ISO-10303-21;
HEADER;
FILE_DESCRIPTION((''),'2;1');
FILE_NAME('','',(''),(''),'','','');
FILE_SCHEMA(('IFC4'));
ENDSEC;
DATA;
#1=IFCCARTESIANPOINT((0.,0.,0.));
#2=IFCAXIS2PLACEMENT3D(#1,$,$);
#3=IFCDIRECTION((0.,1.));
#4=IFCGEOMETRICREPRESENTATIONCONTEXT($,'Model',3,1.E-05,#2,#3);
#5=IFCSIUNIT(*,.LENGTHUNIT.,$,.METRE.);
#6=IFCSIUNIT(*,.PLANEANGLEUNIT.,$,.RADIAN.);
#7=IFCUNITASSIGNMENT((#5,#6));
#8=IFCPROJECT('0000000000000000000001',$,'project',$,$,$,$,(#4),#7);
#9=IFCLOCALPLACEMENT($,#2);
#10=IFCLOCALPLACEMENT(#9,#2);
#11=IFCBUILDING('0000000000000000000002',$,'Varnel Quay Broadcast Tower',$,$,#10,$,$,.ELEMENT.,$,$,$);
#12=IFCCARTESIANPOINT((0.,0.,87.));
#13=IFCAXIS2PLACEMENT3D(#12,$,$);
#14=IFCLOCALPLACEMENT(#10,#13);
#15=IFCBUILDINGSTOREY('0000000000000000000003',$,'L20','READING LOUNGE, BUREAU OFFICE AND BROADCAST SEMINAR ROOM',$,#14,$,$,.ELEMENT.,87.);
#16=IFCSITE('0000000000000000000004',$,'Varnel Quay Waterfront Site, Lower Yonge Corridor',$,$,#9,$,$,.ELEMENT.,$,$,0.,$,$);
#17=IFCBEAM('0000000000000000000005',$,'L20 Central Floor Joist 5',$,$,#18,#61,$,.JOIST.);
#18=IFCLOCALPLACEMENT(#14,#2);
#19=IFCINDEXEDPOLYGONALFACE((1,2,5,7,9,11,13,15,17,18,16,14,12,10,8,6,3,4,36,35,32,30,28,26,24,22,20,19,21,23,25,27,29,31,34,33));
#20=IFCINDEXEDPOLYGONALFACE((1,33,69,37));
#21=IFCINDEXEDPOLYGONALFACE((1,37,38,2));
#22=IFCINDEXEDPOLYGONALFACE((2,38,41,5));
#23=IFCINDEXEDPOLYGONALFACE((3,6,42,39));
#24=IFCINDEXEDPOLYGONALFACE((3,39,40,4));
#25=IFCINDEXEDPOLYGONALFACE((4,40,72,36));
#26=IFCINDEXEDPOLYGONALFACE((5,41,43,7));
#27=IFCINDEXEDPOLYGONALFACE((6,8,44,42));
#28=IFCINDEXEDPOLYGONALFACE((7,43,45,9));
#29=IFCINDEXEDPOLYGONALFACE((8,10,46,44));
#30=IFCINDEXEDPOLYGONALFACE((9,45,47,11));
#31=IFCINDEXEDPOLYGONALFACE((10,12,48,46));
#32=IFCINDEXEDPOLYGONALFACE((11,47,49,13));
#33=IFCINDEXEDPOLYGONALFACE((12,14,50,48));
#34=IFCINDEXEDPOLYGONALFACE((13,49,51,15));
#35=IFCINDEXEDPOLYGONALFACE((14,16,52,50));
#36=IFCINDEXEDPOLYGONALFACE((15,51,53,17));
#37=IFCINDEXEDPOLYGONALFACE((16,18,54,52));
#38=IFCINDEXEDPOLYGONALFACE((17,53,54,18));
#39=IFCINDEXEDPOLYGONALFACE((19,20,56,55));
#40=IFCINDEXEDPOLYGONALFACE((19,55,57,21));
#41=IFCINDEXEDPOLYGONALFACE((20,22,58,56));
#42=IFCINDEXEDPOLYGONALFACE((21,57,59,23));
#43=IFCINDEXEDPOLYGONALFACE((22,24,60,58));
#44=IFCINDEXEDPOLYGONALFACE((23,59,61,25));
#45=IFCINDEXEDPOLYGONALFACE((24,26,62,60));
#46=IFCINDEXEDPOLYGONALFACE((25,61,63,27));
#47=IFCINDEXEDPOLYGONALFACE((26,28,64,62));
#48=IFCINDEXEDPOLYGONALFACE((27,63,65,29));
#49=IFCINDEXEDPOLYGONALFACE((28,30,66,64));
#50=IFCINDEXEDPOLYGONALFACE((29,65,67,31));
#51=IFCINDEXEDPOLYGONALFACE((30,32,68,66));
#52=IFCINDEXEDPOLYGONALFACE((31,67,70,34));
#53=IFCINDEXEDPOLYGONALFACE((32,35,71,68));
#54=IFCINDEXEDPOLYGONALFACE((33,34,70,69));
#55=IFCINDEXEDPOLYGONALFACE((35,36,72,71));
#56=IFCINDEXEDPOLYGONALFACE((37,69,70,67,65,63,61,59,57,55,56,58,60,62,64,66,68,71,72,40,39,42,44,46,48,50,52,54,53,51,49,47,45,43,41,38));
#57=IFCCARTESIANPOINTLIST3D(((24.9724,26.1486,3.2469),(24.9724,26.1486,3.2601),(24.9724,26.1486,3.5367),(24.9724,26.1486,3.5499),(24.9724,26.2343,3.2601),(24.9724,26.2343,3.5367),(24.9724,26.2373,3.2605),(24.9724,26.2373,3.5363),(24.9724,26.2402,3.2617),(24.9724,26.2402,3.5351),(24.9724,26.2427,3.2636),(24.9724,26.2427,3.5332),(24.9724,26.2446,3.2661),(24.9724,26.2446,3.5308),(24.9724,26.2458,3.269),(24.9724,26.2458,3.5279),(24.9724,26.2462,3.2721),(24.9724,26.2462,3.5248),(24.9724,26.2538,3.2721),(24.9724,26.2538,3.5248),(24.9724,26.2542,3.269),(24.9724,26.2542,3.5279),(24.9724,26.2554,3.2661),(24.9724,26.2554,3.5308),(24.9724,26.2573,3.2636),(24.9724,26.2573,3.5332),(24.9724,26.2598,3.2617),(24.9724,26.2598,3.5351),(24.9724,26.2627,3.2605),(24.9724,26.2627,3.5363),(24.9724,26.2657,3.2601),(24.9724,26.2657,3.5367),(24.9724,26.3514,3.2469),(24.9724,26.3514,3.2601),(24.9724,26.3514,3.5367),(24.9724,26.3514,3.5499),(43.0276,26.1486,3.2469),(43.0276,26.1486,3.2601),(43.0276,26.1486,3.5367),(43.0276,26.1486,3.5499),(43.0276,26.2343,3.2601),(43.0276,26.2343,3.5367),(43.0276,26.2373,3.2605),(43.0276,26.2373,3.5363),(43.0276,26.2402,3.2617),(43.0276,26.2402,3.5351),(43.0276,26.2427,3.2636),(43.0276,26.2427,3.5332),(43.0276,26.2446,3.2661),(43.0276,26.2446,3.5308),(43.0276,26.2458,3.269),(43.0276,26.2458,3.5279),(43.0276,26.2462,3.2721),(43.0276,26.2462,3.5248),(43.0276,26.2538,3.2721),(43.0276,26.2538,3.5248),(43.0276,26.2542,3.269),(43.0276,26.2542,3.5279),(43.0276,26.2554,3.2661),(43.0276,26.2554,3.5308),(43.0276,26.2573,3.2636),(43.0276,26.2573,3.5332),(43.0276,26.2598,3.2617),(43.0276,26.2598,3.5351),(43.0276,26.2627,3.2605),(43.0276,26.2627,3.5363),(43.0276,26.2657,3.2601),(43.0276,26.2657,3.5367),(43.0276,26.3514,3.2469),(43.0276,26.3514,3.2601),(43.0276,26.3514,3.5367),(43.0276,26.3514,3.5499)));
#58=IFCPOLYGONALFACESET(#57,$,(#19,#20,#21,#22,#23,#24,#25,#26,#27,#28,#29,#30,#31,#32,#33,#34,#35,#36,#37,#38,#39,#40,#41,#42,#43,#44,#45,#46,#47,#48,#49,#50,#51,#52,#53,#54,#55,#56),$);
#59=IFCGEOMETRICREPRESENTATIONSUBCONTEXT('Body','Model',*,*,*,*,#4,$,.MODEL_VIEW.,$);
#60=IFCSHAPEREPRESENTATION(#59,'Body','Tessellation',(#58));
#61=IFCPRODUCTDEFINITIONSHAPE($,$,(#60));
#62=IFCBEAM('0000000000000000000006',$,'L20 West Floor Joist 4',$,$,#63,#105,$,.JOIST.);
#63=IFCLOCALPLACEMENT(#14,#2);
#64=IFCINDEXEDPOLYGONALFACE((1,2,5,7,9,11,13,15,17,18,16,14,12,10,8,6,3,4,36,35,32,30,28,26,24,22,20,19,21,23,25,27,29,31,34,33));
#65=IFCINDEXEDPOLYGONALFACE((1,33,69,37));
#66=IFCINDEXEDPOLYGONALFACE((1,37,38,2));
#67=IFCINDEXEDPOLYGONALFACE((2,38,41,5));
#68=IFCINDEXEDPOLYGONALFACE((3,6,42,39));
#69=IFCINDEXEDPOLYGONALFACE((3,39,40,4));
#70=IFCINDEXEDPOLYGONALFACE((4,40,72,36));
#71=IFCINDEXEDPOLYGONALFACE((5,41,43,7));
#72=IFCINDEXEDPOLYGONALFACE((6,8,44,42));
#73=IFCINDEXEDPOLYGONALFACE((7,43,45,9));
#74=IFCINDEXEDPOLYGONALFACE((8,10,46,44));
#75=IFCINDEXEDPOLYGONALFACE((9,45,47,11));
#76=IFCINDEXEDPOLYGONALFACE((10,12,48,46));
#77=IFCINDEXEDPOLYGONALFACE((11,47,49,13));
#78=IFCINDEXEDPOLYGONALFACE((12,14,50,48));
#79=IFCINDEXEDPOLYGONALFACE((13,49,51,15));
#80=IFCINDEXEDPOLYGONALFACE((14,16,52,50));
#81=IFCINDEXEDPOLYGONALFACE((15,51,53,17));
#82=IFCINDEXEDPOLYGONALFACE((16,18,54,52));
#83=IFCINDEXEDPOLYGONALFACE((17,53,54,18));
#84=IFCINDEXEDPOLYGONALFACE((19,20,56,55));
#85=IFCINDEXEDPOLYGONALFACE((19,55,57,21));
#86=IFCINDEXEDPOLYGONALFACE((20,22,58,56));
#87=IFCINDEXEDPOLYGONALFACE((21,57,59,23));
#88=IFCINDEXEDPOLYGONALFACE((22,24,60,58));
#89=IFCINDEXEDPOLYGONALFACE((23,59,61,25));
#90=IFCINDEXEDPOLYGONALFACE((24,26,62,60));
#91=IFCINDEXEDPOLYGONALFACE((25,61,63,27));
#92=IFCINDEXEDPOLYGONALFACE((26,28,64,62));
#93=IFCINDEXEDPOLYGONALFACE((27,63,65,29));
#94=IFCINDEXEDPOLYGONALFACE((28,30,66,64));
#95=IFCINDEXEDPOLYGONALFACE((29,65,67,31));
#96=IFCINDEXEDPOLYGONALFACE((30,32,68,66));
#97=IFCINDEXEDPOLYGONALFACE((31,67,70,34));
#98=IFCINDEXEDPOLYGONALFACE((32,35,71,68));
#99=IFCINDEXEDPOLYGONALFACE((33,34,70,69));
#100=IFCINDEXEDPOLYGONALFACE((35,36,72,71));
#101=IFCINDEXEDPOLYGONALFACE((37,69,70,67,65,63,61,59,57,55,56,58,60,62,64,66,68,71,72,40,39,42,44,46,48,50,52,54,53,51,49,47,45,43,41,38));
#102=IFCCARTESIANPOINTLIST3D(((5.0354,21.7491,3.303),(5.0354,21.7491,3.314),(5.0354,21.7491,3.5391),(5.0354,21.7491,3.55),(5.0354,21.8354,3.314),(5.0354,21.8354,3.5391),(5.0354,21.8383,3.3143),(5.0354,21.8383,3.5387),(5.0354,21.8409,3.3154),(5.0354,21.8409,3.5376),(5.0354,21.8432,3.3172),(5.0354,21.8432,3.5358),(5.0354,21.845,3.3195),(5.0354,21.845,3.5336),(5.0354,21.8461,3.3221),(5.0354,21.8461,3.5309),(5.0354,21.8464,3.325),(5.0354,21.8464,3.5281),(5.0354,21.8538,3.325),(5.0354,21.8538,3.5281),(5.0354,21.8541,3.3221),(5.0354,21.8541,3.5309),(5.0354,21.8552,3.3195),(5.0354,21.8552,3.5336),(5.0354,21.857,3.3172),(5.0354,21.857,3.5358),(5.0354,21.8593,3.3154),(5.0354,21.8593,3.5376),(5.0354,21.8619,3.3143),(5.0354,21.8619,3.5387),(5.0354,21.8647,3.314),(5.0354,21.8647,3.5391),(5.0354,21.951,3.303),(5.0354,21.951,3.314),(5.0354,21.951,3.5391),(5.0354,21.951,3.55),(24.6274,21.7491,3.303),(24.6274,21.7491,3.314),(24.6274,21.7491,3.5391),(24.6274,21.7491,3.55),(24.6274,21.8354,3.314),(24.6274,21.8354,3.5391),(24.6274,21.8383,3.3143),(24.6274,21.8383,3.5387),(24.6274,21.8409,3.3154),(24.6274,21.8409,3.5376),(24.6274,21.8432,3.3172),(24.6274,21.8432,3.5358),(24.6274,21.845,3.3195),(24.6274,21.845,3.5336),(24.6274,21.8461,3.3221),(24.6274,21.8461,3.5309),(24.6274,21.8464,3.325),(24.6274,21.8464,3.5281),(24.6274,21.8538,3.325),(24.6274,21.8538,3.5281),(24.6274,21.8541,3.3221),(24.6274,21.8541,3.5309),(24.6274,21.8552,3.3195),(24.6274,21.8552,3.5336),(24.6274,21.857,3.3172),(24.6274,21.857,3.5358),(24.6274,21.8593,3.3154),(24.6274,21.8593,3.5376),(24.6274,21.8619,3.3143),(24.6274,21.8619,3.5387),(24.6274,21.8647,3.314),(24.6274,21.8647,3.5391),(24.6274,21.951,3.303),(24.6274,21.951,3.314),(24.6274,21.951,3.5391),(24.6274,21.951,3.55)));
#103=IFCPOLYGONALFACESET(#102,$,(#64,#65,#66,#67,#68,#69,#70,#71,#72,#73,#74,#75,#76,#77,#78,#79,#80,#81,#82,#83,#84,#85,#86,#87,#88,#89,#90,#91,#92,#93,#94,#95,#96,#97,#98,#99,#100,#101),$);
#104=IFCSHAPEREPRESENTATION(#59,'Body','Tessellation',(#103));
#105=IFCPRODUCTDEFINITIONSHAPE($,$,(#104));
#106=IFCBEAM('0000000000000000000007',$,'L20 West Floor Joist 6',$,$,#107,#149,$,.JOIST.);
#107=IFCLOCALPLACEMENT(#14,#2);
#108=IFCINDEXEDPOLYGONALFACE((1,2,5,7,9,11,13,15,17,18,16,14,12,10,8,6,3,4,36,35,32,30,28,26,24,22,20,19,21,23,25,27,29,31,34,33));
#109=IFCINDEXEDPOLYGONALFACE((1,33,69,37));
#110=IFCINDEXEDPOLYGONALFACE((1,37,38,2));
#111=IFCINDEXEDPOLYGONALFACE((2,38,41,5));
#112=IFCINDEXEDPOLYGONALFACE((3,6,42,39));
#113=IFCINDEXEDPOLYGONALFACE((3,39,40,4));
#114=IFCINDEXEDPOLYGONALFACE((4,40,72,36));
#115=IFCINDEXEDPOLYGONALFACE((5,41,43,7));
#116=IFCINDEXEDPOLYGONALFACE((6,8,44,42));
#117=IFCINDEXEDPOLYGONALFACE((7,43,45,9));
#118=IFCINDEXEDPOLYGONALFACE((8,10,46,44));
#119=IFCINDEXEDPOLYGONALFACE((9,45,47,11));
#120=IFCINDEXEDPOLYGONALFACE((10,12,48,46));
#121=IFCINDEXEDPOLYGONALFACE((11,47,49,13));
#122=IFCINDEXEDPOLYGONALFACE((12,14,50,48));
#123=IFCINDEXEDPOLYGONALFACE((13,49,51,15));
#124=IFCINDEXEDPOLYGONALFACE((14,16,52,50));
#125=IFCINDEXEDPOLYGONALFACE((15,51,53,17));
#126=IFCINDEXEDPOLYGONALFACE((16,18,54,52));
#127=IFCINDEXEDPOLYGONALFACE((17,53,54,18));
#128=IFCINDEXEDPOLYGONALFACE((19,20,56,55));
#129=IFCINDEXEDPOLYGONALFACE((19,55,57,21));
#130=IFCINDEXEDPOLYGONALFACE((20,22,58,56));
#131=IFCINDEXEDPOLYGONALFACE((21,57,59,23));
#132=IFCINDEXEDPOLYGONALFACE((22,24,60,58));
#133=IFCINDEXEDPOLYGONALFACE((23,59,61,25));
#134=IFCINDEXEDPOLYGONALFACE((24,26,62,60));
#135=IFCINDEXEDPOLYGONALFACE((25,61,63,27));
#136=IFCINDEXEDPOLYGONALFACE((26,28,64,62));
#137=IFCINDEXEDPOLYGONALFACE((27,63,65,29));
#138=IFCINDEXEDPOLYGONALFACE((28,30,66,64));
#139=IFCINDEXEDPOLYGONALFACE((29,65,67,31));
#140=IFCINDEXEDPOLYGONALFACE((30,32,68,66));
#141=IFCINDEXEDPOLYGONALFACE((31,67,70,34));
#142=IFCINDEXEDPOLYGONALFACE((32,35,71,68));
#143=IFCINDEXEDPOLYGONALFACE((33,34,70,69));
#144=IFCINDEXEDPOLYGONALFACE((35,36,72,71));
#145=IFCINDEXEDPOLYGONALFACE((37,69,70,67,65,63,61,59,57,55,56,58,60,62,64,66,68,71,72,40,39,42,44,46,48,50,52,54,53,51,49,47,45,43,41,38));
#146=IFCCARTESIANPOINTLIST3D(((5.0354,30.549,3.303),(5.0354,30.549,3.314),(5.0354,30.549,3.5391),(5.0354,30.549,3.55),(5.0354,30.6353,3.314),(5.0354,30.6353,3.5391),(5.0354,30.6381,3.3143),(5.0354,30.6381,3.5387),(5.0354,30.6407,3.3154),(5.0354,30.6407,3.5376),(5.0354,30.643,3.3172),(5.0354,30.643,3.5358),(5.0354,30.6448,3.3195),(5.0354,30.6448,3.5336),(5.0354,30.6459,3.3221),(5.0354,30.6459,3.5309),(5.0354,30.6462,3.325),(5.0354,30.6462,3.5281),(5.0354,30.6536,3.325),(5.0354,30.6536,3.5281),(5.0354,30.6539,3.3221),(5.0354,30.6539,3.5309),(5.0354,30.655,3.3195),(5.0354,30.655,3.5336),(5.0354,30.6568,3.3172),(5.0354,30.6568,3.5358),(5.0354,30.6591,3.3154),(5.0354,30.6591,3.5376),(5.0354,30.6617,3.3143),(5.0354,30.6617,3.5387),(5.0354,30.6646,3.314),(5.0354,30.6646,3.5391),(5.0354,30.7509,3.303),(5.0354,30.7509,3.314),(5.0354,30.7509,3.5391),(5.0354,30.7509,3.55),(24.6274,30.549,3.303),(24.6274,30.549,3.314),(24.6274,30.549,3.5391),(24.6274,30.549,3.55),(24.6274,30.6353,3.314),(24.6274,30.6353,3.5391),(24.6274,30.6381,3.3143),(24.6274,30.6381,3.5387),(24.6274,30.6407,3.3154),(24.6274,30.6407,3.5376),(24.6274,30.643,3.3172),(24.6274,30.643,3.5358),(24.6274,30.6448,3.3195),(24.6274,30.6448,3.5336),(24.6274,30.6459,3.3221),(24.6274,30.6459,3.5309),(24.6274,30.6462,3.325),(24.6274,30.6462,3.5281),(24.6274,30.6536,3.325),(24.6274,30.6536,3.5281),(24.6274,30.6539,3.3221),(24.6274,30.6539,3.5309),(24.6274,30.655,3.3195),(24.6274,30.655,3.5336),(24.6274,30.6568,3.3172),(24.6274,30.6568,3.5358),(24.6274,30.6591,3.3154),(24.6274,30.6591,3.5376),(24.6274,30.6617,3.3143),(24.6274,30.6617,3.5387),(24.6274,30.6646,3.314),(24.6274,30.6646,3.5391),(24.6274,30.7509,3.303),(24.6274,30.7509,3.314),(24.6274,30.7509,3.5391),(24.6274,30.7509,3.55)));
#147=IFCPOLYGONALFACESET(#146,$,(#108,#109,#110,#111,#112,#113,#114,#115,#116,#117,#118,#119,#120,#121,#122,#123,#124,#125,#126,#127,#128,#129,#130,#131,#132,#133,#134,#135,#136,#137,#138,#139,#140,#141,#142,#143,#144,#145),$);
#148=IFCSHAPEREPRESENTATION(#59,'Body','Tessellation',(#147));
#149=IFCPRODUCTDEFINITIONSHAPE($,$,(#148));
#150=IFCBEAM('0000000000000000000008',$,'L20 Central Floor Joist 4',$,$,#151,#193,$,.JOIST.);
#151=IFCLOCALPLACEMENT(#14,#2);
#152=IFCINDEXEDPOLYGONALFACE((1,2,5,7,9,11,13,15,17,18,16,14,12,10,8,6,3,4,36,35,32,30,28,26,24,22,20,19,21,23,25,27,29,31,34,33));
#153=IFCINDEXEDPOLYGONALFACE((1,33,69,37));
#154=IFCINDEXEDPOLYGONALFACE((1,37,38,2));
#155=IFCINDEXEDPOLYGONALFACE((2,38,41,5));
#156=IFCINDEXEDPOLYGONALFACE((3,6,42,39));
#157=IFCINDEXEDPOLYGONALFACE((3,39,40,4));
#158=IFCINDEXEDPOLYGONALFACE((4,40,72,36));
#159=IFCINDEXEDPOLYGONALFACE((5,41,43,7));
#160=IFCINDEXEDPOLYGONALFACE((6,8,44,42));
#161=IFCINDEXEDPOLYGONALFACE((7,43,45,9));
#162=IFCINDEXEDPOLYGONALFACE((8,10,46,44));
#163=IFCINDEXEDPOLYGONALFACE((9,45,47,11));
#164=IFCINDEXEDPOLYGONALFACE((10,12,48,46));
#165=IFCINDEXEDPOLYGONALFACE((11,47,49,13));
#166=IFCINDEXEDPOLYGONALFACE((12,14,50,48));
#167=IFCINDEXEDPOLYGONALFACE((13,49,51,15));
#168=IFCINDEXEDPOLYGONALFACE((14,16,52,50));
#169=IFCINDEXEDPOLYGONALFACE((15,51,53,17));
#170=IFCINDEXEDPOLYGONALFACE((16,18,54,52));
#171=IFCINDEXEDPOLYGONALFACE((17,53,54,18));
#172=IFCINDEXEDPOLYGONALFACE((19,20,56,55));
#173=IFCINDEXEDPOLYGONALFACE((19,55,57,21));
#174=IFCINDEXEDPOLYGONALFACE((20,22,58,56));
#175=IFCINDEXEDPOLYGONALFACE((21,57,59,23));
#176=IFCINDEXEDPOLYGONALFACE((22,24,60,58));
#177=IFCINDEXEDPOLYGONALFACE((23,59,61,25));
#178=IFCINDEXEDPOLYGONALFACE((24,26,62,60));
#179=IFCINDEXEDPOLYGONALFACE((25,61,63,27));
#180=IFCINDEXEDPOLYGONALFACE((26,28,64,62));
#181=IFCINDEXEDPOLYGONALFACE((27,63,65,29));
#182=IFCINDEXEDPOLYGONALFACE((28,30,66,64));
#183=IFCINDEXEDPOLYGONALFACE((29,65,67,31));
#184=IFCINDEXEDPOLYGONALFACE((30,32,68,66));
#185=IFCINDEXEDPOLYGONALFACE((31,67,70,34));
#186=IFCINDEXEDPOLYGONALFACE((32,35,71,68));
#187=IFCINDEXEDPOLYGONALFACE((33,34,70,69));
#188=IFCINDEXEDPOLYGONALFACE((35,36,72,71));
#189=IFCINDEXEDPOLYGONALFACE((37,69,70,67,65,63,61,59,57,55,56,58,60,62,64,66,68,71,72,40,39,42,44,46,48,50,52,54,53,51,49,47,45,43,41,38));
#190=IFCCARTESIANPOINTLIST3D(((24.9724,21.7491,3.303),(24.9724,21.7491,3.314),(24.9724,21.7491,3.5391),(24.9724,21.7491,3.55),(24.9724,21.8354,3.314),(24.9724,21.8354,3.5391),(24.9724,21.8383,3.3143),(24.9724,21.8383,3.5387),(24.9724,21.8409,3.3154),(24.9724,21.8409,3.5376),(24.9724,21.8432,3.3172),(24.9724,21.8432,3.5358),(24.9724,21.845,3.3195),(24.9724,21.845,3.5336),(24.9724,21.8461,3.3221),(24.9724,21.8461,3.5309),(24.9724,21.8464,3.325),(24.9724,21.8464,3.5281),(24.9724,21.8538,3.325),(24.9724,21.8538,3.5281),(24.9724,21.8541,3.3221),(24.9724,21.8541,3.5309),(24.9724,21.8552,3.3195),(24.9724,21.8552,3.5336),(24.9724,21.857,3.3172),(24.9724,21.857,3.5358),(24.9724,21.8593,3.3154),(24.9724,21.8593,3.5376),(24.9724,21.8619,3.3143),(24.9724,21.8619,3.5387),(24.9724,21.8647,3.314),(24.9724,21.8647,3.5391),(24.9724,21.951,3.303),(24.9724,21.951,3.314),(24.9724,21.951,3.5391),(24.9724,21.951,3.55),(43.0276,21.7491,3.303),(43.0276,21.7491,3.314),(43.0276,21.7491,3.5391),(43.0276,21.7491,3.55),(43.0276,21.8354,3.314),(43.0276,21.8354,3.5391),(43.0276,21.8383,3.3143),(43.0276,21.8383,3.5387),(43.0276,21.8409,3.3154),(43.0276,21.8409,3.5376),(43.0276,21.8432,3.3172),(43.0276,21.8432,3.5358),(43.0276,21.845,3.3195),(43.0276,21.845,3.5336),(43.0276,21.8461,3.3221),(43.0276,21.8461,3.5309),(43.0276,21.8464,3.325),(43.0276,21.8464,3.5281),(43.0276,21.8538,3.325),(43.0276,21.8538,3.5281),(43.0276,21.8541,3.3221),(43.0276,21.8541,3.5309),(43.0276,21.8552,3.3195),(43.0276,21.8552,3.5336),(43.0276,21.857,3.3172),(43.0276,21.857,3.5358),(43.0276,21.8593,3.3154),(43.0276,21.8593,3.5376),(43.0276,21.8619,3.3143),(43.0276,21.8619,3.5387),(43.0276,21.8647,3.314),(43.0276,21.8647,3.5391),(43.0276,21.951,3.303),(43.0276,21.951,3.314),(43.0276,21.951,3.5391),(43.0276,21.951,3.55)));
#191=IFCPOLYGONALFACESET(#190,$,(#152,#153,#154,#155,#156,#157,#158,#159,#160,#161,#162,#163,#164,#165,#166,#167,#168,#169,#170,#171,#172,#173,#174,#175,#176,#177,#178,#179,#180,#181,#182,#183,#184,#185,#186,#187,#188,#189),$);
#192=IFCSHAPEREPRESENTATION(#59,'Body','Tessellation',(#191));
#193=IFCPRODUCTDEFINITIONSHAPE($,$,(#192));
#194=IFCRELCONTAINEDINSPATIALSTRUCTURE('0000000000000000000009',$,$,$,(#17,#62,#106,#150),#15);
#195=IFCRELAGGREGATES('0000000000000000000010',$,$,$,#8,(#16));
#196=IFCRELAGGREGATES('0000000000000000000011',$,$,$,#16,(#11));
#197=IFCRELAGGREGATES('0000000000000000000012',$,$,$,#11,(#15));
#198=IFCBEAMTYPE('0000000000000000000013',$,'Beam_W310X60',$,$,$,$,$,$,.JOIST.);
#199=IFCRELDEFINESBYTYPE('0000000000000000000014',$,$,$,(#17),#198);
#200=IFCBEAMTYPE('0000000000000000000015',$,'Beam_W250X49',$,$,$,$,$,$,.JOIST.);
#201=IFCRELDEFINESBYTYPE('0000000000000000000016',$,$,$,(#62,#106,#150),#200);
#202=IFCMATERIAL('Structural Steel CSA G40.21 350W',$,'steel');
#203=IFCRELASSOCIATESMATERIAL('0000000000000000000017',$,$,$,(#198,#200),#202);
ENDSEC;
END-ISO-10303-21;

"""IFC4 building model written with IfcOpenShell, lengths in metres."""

from ifc_helpers import new_model, si_unit, direction, frame, origin, origin_2d, place, context, subcontext, project, spatial, i_section, extrude, source, transform, mapped, material, material_profile, profile_set, type_object, type_shapes, element, save


model = new_model("IFC4")

# Units and contexts
model_context = context("Model", 3, precision=1e-05, world=origin(), true_north=direction((0.0, 1.0)))
body_context = subcontext(model_context, "Body", "Model", "MODEL_VIEW")
ifc_project = project(units=[si_unit("LENGTHUNIT", "METRE"), si_unit("PLANEANGLEUNIT", "RADIAN")], contexts=[model_context])

# Site, building, storey
site_placement = place(None, origin())
site = spatial("IfcSite", under=ifc_project, at=site_placement, Name="Varnel Quay Waterfront Site, Lower Yonge Corridor", CompositionType="ELEMENT", RefElevation=0.0)
building_placement = place(site_placement, origin())
building = spatial("IfcBuilding", under=site, at=building_placement, Name="Varnel Quay Broadcast Tower", CompositionType="ELEMENT")
storey_placement = place(building_placement, frame((0.0, 0.0, 87.0)))
storey = spatial("IfcBuildingStorey", under=building, at=storey_placement, Name="L20", Description="READING LOUNGE, BUREAU OFFICE AND BROADCAST SEMINAR ROOM", CompositionType="ELEMENT", Elevation=87.0)

# Shared definitions
ifc_material_1 = material(Name="Structural Steel CSA G40.21 350W", Category="steel")

# Beams
ifc_material_profile_1 = material_profile(ifc_material_1, i_section(OverallWidth=0.2029, OverallDepth=0.303, WebThickness=0.0076, FlangeThickness=0.0132, FilletRadius=0.012, at=origin_2d()), Name="W310X60")
ifc_profile_set_1 = profile_set([ifc_material_profile_1], Name="Structural Steel CSA G40.21 350W")
beam_type_1 = type_object("IfcBeamType", Name="Beam_W310X60", PredefinedType="JOIST", material=ifc_profile_set_1)
shared_shape_1 = source(origin(), body_context, "Body", "SweptSolid", [
    extrude(i_section(OverallWidth=0.2029, OverallDepth=0.303, WebThickness=0.0076, FlangeThickness=0.0132, FilletRadius=0.012, at=origin_2d()), origin(), (0.0, 0.0, 1.0), 18.0552),
])
beam_1_placement = place(storey_placement, frame((24.9724, 26.25, 3.3984), z_axis=(1.0, 0.0, 0.0), x_axis=(0.0, 1.0, 0.0)))
element("IfcBeam", 1, at=beam_1_placement, inside=storey, type_object=beam_type_1, Name="L20 Central Floor Joist 5", PredefinedType="JOIST", context=body_context, shape_type="MappedRepresentation", body=[
    mapped(shared_shape_1, transform((0.0, 0.0, 0.0), x_axis=(1.0, 0.0, 0.0), y_axis=(0.0, 1.0, 0.0), z_axis=(0.0, 0.0, 1.0), scale=1.0)),
])
ifc_material_profile_2 = material_profile(ifc_material_1, i_section(OverallWidth=0.2019, OverallDepth=0.2471, WebThickness=0.0073, FlangeThickness=0.011, FilletRadius=0.011, at=origin_2d()), Name="W250X49")
ifc_profile_set_2 = profile_set([ifc_material_profile_2], Name="Structural Steel CSA G40.21 350W")
beam_type_2 = type_object("IfcBeamType", Name="Beam_W250X49", PredefinedType="JOIST", material=ifc_profile_set_2)
shared_shape_2 = source(origin(), body_context, "Body", "SweptSolid", [
    extrude(i_section(OverallWidth=0.2019, OverallDepth=0.2471, WebThickness=0.0073, FlangeThickness=0.011, FilletRadius=0.011, at=origin_2d()), origin(), (0.0, 0.0, 1.0), 19.592),
])
for number, where, z_axis, x_axis, name in (
    (2, (5.0354, 21.8501, 3.4265), (1.0, 0.0, 0.0), (0.0, 1.0, 0.0), "L20 West Floor Joist 4"),
    (3, (5.0354, 30.6499, 3.4265), (1.0, 0.0, 0.0), (0.0, 1.0, 0.0), "L20 West Floor Joist 6"),
):
    element("IfcBeam", number, at=place(storey_placement, frame(where, z_axis=z_axis, x_axis=x_axis)), inside=storey, type_object=beam_type_2, Name=name, PredefinedType="JOIST", context=body_context, shape_type="MappedRepresentation", body=[
        mapped(shared_shape_2, transform((0.0, 0.0, 0.0), x_axis=(1.0, 0.0, 0.0), y_axis=(0.0, 1.0, 0.0), z_axis=(0.0, 0.0, 1.0), scale=1.0)),
    ])
shared_shape_3 = source(origin(), body_context, "Body", "SweptSolid", [
    extrude(i_section(OverallWidth=0.2019, OverallDepth=0.2471, WebThickness=0.0073, FlangeThickness=0.011, FilletRadius=0.011, at=origin_2d()), origin(), (0.0, 0.0, 1.0), 18.0552),
])
type_shapes(beam_type_2, [shared_shape_2, shared_shape_3])
for number, where, z_axis, x_axis, name in (
    (4, (24.9724, 21.8501, 3.4265), (1.0, 0.0, 0.0), (0.0, 1.0, 0.0), "L20 Central Floor Joist 4"),
):
    element("IfcBeam", number, at=place(storey_placement, frame(where, z_axis=z_axis, x_axis=x_axis)), inside=storey, type_object=beam_type_2, Name=name, PredefinedType="JOIST", context=body_context, shape_type="MappedRepresentation", body=[
        mapped(shared_shape_3, transform((0.0, 0.0, 0.0), x_axis=(1.0, 0.0, 0.0), y_axis=(0.0, 1.0, 0.0), z_axis=(0.0, 0.0, 1.0), scale=1.0)),
    ])

save(model, "model.ifc")
